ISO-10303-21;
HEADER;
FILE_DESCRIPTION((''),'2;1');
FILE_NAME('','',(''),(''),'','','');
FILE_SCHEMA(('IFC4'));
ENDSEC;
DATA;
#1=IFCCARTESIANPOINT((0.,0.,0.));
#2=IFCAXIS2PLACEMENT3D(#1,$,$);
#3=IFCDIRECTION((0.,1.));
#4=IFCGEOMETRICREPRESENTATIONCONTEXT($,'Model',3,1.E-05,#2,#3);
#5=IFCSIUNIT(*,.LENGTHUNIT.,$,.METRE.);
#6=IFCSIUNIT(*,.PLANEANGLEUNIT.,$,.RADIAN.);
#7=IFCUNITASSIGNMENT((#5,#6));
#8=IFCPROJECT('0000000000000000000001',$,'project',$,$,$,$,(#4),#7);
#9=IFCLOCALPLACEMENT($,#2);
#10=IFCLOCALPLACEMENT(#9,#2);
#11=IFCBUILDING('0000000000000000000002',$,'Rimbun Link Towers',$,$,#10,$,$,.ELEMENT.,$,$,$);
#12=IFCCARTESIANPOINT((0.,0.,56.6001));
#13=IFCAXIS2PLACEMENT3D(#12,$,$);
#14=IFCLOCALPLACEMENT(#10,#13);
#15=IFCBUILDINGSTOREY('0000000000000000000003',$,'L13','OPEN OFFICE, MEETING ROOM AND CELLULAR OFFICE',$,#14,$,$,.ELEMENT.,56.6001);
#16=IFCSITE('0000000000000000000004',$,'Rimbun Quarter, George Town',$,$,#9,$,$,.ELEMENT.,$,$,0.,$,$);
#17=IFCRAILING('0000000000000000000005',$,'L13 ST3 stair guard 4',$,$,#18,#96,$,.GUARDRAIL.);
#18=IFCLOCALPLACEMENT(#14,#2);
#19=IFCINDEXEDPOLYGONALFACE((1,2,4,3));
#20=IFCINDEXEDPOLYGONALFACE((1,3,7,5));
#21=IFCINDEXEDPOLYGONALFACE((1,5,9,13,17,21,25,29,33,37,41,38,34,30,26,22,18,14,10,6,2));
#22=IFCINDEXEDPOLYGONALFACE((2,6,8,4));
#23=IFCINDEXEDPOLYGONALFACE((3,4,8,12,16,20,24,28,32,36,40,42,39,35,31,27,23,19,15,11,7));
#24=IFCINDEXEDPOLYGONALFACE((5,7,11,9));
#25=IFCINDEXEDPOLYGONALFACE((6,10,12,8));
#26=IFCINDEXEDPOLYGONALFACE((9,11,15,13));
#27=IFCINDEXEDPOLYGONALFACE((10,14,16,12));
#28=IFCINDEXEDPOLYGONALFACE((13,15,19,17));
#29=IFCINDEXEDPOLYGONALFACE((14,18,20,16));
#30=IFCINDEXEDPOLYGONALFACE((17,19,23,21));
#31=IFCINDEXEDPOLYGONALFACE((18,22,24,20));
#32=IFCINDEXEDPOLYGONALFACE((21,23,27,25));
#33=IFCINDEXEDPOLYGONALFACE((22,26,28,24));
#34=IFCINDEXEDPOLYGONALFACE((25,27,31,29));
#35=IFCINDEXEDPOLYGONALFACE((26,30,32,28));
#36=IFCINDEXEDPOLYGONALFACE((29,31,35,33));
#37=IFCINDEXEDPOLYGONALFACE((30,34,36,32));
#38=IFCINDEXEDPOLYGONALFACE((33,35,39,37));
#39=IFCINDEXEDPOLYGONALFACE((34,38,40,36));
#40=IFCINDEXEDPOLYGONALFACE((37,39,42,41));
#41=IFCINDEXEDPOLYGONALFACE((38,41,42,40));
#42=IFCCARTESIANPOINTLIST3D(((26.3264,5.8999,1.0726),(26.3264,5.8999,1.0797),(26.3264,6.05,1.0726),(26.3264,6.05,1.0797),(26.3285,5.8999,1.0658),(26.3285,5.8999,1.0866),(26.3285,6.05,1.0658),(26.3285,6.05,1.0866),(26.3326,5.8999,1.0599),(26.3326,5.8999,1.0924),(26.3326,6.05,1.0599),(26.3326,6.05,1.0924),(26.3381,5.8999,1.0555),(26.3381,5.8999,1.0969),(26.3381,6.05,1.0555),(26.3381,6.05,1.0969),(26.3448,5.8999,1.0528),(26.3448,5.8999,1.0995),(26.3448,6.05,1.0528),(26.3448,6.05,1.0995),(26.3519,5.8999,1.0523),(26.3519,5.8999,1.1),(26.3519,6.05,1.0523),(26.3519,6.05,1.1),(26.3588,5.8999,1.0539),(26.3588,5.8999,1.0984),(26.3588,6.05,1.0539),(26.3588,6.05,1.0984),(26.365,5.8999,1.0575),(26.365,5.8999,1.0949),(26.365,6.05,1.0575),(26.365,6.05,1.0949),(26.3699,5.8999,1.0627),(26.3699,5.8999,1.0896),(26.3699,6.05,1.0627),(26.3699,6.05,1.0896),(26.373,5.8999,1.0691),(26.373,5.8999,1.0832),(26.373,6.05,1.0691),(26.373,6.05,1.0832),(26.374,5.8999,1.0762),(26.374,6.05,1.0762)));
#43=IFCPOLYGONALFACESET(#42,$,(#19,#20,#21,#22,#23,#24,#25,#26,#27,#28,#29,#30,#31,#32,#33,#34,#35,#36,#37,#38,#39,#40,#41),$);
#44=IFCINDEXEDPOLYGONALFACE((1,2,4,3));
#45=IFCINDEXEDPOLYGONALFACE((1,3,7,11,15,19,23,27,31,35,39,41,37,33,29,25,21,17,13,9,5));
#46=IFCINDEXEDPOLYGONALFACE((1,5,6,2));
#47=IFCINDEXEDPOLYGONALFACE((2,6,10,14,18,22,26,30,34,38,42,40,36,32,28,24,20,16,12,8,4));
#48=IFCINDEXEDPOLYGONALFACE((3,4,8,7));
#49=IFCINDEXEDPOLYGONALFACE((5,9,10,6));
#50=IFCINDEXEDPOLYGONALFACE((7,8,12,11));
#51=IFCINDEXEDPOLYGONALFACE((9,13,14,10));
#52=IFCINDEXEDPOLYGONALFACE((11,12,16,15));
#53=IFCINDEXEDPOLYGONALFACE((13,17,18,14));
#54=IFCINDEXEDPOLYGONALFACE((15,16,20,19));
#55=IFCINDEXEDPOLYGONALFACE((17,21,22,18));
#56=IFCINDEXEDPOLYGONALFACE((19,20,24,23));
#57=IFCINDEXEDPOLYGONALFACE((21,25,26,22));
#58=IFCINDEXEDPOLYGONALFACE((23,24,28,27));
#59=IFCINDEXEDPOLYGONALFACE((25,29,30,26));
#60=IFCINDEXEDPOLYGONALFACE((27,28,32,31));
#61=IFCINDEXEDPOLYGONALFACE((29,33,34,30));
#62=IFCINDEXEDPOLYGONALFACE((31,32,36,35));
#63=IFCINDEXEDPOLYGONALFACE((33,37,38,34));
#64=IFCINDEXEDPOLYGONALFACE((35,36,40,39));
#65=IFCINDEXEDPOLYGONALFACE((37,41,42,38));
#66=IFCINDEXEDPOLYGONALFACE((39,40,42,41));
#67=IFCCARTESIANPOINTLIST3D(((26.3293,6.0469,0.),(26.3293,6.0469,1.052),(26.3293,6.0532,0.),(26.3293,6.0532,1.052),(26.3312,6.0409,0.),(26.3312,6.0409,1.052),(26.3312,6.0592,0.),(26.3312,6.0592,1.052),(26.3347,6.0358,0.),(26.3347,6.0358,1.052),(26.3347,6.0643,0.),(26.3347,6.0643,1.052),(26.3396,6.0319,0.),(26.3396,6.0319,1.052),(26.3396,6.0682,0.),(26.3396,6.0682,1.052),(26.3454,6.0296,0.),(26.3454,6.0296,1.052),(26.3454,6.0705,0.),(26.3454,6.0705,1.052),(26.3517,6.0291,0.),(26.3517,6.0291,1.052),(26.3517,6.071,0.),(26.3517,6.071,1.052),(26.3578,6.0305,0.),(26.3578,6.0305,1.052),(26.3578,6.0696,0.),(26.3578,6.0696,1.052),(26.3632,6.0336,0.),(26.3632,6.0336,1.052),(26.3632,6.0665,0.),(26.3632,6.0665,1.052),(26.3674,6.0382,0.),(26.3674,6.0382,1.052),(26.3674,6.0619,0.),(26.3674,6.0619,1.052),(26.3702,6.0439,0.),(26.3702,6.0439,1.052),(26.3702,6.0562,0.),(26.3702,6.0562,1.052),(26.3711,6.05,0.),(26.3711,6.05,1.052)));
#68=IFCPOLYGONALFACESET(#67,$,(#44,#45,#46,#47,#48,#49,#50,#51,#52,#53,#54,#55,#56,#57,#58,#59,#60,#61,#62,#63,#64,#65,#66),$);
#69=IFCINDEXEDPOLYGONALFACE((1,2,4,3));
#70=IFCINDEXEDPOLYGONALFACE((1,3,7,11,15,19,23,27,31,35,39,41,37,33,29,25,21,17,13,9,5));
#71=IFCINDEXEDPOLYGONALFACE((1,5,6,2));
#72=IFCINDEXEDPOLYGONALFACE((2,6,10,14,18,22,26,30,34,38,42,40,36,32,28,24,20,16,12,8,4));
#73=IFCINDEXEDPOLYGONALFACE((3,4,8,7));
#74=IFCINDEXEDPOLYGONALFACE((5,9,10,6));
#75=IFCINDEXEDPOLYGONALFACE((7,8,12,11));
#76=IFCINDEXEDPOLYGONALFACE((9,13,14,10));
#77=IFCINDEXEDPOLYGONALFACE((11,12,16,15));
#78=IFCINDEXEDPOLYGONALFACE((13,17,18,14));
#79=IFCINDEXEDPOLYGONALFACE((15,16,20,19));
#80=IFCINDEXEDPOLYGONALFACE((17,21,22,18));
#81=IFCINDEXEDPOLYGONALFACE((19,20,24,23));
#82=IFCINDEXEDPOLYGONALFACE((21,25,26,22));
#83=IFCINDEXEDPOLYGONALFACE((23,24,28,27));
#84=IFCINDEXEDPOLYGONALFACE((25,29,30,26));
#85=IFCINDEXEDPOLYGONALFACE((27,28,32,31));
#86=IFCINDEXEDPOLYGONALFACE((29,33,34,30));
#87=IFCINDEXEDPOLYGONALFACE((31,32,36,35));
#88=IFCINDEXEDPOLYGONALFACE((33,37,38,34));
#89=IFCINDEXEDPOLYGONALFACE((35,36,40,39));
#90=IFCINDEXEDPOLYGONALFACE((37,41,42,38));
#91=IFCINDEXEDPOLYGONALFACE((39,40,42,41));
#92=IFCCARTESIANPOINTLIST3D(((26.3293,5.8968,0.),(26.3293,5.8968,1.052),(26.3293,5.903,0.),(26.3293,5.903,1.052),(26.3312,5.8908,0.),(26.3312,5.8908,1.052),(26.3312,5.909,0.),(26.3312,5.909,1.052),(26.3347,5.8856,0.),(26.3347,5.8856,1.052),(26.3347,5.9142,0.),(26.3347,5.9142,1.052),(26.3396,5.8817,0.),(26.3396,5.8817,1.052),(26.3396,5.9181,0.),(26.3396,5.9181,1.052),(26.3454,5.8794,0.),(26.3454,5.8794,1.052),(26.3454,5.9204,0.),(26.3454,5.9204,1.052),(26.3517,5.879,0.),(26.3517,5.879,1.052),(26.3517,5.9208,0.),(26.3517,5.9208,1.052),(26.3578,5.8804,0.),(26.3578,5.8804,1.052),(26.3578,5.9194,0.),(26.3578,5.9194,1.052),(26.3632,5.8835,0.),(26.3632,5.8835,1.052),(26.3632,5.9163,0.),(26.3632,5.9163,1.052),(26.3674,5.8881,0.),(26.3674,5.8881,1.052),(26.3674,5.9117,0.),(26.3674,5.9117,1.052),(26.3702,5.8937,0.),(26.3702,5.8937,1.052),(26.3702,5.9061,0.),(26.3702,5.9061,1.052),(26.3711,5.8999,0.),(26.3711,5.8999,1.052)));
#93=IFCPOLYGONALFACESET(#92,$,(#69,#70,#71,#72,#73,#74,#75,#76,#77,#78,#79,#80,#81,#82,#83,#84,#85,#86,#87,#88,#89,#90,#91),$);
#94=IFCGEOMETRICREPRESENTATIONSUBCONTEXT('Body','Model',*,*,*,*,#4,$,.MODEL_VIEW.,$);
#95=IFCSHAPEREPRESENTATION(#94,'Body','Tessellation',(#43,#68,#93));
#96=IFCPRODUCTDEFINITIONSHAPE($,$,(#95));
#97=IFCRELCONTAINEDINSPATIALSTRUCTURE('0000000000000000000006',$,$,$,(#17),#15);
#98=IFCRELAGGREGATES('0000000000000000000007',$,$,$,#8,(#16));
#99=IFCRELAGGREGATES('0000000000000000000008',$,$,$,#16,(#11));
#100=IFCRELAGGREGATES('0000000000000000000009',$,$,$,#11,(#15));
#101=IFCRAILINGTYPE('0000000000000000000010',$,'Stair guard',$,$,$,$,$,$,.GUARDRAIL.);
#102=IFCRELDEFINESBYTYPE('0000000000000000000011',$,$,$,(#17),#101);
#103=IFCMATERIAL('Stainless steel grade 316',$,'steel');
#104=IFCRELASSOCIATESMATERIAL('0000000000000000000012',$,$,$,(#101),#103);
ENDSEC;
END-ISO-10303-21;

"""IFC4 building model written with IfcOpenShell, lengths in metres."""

from ifc_helpers import new_model, si_unit, direction, frame, origin, origin_2d, place, context, subcontext, project, spatial, circle, extrude, material, type_object, element, save


model = new_model("IFC4")

# Units and contexts
model_context = context("Model", 3, precision=1e-05, world=origin(), true_north=direction((0.0, 1.0)))
body_context = subcontext(model_context, "Body", "Model", "MODEL_VIEW")
ifc_project = project(units=[si_unit("LENGTHUNIT", "METRE"), si_unit("PLANEANGLEUNIT", "RADIAN")], contexts=[model_context])

# Site, building, storey
site_placement = place(None, origin())
site = spatial("IfcSite", under=ifc_project, at=site_placement, Name="Rimbun Quarter, George Town", CompositionType="ELEMENT", RefElevation=0.0)
building_placement = place(site_placement, origin())
building = spatial("IfcBuilding", under=site, at=building_placement, Name="Rimbun Link Towers", CompositionType="ELEMENT")
storey_placement = place(building_placement, frame((0.0, 0.0, 56.6001)))
storey = spatial("IfcBuildingStorey", under=building, at=storey_placement, Name="L13", Description="OPEN OFFICE, MEETING ROOM AND CELLULAR OFFICE", CompositionType="ELEMENT", Elevation=56.6001)

# Railing
ifc_material_1 = material(Name="Stainless steel grade 316", Category="steel")
railing_type_1 = type_object("IfcRailingType", Name="Stair guard", PredefinedType="GUARDRAIL", material=ifc_material_1)
railing_1_placement = place(storey_placement, frame((26.3501, 6.05, 0.0)))
element("IfcRailing", 1, at=railing_1_placement, inside=storey, type_object=railing_type_1, Name="L13 ST3 stair guard 4", PredefinedType="GUARDRAIL", context=body_context, shape_type="SweptSolid", body=[
    extrude(circle(Radius=0.0239, at=origin_2d()), frame((0.0, 0.0, 1.0762), z_axis=(0.0, -1.0, 0.0), x_axis=(1.0, 0.0, 0.0)), (0.0, 0.0, 1.0), 0.1501),
    extrude(circle(Radius=0.021, at=origin_2d()), origin(), (0.0, 0.0, 1.0), 1.052),
    extrude(circle(Radius=0.021, at=origin_2d()), frame((0.0, -0.1501, 0.0)), (0.0, 0.0, 1.0), 1.052),
])

save(model, "model.ifc")
